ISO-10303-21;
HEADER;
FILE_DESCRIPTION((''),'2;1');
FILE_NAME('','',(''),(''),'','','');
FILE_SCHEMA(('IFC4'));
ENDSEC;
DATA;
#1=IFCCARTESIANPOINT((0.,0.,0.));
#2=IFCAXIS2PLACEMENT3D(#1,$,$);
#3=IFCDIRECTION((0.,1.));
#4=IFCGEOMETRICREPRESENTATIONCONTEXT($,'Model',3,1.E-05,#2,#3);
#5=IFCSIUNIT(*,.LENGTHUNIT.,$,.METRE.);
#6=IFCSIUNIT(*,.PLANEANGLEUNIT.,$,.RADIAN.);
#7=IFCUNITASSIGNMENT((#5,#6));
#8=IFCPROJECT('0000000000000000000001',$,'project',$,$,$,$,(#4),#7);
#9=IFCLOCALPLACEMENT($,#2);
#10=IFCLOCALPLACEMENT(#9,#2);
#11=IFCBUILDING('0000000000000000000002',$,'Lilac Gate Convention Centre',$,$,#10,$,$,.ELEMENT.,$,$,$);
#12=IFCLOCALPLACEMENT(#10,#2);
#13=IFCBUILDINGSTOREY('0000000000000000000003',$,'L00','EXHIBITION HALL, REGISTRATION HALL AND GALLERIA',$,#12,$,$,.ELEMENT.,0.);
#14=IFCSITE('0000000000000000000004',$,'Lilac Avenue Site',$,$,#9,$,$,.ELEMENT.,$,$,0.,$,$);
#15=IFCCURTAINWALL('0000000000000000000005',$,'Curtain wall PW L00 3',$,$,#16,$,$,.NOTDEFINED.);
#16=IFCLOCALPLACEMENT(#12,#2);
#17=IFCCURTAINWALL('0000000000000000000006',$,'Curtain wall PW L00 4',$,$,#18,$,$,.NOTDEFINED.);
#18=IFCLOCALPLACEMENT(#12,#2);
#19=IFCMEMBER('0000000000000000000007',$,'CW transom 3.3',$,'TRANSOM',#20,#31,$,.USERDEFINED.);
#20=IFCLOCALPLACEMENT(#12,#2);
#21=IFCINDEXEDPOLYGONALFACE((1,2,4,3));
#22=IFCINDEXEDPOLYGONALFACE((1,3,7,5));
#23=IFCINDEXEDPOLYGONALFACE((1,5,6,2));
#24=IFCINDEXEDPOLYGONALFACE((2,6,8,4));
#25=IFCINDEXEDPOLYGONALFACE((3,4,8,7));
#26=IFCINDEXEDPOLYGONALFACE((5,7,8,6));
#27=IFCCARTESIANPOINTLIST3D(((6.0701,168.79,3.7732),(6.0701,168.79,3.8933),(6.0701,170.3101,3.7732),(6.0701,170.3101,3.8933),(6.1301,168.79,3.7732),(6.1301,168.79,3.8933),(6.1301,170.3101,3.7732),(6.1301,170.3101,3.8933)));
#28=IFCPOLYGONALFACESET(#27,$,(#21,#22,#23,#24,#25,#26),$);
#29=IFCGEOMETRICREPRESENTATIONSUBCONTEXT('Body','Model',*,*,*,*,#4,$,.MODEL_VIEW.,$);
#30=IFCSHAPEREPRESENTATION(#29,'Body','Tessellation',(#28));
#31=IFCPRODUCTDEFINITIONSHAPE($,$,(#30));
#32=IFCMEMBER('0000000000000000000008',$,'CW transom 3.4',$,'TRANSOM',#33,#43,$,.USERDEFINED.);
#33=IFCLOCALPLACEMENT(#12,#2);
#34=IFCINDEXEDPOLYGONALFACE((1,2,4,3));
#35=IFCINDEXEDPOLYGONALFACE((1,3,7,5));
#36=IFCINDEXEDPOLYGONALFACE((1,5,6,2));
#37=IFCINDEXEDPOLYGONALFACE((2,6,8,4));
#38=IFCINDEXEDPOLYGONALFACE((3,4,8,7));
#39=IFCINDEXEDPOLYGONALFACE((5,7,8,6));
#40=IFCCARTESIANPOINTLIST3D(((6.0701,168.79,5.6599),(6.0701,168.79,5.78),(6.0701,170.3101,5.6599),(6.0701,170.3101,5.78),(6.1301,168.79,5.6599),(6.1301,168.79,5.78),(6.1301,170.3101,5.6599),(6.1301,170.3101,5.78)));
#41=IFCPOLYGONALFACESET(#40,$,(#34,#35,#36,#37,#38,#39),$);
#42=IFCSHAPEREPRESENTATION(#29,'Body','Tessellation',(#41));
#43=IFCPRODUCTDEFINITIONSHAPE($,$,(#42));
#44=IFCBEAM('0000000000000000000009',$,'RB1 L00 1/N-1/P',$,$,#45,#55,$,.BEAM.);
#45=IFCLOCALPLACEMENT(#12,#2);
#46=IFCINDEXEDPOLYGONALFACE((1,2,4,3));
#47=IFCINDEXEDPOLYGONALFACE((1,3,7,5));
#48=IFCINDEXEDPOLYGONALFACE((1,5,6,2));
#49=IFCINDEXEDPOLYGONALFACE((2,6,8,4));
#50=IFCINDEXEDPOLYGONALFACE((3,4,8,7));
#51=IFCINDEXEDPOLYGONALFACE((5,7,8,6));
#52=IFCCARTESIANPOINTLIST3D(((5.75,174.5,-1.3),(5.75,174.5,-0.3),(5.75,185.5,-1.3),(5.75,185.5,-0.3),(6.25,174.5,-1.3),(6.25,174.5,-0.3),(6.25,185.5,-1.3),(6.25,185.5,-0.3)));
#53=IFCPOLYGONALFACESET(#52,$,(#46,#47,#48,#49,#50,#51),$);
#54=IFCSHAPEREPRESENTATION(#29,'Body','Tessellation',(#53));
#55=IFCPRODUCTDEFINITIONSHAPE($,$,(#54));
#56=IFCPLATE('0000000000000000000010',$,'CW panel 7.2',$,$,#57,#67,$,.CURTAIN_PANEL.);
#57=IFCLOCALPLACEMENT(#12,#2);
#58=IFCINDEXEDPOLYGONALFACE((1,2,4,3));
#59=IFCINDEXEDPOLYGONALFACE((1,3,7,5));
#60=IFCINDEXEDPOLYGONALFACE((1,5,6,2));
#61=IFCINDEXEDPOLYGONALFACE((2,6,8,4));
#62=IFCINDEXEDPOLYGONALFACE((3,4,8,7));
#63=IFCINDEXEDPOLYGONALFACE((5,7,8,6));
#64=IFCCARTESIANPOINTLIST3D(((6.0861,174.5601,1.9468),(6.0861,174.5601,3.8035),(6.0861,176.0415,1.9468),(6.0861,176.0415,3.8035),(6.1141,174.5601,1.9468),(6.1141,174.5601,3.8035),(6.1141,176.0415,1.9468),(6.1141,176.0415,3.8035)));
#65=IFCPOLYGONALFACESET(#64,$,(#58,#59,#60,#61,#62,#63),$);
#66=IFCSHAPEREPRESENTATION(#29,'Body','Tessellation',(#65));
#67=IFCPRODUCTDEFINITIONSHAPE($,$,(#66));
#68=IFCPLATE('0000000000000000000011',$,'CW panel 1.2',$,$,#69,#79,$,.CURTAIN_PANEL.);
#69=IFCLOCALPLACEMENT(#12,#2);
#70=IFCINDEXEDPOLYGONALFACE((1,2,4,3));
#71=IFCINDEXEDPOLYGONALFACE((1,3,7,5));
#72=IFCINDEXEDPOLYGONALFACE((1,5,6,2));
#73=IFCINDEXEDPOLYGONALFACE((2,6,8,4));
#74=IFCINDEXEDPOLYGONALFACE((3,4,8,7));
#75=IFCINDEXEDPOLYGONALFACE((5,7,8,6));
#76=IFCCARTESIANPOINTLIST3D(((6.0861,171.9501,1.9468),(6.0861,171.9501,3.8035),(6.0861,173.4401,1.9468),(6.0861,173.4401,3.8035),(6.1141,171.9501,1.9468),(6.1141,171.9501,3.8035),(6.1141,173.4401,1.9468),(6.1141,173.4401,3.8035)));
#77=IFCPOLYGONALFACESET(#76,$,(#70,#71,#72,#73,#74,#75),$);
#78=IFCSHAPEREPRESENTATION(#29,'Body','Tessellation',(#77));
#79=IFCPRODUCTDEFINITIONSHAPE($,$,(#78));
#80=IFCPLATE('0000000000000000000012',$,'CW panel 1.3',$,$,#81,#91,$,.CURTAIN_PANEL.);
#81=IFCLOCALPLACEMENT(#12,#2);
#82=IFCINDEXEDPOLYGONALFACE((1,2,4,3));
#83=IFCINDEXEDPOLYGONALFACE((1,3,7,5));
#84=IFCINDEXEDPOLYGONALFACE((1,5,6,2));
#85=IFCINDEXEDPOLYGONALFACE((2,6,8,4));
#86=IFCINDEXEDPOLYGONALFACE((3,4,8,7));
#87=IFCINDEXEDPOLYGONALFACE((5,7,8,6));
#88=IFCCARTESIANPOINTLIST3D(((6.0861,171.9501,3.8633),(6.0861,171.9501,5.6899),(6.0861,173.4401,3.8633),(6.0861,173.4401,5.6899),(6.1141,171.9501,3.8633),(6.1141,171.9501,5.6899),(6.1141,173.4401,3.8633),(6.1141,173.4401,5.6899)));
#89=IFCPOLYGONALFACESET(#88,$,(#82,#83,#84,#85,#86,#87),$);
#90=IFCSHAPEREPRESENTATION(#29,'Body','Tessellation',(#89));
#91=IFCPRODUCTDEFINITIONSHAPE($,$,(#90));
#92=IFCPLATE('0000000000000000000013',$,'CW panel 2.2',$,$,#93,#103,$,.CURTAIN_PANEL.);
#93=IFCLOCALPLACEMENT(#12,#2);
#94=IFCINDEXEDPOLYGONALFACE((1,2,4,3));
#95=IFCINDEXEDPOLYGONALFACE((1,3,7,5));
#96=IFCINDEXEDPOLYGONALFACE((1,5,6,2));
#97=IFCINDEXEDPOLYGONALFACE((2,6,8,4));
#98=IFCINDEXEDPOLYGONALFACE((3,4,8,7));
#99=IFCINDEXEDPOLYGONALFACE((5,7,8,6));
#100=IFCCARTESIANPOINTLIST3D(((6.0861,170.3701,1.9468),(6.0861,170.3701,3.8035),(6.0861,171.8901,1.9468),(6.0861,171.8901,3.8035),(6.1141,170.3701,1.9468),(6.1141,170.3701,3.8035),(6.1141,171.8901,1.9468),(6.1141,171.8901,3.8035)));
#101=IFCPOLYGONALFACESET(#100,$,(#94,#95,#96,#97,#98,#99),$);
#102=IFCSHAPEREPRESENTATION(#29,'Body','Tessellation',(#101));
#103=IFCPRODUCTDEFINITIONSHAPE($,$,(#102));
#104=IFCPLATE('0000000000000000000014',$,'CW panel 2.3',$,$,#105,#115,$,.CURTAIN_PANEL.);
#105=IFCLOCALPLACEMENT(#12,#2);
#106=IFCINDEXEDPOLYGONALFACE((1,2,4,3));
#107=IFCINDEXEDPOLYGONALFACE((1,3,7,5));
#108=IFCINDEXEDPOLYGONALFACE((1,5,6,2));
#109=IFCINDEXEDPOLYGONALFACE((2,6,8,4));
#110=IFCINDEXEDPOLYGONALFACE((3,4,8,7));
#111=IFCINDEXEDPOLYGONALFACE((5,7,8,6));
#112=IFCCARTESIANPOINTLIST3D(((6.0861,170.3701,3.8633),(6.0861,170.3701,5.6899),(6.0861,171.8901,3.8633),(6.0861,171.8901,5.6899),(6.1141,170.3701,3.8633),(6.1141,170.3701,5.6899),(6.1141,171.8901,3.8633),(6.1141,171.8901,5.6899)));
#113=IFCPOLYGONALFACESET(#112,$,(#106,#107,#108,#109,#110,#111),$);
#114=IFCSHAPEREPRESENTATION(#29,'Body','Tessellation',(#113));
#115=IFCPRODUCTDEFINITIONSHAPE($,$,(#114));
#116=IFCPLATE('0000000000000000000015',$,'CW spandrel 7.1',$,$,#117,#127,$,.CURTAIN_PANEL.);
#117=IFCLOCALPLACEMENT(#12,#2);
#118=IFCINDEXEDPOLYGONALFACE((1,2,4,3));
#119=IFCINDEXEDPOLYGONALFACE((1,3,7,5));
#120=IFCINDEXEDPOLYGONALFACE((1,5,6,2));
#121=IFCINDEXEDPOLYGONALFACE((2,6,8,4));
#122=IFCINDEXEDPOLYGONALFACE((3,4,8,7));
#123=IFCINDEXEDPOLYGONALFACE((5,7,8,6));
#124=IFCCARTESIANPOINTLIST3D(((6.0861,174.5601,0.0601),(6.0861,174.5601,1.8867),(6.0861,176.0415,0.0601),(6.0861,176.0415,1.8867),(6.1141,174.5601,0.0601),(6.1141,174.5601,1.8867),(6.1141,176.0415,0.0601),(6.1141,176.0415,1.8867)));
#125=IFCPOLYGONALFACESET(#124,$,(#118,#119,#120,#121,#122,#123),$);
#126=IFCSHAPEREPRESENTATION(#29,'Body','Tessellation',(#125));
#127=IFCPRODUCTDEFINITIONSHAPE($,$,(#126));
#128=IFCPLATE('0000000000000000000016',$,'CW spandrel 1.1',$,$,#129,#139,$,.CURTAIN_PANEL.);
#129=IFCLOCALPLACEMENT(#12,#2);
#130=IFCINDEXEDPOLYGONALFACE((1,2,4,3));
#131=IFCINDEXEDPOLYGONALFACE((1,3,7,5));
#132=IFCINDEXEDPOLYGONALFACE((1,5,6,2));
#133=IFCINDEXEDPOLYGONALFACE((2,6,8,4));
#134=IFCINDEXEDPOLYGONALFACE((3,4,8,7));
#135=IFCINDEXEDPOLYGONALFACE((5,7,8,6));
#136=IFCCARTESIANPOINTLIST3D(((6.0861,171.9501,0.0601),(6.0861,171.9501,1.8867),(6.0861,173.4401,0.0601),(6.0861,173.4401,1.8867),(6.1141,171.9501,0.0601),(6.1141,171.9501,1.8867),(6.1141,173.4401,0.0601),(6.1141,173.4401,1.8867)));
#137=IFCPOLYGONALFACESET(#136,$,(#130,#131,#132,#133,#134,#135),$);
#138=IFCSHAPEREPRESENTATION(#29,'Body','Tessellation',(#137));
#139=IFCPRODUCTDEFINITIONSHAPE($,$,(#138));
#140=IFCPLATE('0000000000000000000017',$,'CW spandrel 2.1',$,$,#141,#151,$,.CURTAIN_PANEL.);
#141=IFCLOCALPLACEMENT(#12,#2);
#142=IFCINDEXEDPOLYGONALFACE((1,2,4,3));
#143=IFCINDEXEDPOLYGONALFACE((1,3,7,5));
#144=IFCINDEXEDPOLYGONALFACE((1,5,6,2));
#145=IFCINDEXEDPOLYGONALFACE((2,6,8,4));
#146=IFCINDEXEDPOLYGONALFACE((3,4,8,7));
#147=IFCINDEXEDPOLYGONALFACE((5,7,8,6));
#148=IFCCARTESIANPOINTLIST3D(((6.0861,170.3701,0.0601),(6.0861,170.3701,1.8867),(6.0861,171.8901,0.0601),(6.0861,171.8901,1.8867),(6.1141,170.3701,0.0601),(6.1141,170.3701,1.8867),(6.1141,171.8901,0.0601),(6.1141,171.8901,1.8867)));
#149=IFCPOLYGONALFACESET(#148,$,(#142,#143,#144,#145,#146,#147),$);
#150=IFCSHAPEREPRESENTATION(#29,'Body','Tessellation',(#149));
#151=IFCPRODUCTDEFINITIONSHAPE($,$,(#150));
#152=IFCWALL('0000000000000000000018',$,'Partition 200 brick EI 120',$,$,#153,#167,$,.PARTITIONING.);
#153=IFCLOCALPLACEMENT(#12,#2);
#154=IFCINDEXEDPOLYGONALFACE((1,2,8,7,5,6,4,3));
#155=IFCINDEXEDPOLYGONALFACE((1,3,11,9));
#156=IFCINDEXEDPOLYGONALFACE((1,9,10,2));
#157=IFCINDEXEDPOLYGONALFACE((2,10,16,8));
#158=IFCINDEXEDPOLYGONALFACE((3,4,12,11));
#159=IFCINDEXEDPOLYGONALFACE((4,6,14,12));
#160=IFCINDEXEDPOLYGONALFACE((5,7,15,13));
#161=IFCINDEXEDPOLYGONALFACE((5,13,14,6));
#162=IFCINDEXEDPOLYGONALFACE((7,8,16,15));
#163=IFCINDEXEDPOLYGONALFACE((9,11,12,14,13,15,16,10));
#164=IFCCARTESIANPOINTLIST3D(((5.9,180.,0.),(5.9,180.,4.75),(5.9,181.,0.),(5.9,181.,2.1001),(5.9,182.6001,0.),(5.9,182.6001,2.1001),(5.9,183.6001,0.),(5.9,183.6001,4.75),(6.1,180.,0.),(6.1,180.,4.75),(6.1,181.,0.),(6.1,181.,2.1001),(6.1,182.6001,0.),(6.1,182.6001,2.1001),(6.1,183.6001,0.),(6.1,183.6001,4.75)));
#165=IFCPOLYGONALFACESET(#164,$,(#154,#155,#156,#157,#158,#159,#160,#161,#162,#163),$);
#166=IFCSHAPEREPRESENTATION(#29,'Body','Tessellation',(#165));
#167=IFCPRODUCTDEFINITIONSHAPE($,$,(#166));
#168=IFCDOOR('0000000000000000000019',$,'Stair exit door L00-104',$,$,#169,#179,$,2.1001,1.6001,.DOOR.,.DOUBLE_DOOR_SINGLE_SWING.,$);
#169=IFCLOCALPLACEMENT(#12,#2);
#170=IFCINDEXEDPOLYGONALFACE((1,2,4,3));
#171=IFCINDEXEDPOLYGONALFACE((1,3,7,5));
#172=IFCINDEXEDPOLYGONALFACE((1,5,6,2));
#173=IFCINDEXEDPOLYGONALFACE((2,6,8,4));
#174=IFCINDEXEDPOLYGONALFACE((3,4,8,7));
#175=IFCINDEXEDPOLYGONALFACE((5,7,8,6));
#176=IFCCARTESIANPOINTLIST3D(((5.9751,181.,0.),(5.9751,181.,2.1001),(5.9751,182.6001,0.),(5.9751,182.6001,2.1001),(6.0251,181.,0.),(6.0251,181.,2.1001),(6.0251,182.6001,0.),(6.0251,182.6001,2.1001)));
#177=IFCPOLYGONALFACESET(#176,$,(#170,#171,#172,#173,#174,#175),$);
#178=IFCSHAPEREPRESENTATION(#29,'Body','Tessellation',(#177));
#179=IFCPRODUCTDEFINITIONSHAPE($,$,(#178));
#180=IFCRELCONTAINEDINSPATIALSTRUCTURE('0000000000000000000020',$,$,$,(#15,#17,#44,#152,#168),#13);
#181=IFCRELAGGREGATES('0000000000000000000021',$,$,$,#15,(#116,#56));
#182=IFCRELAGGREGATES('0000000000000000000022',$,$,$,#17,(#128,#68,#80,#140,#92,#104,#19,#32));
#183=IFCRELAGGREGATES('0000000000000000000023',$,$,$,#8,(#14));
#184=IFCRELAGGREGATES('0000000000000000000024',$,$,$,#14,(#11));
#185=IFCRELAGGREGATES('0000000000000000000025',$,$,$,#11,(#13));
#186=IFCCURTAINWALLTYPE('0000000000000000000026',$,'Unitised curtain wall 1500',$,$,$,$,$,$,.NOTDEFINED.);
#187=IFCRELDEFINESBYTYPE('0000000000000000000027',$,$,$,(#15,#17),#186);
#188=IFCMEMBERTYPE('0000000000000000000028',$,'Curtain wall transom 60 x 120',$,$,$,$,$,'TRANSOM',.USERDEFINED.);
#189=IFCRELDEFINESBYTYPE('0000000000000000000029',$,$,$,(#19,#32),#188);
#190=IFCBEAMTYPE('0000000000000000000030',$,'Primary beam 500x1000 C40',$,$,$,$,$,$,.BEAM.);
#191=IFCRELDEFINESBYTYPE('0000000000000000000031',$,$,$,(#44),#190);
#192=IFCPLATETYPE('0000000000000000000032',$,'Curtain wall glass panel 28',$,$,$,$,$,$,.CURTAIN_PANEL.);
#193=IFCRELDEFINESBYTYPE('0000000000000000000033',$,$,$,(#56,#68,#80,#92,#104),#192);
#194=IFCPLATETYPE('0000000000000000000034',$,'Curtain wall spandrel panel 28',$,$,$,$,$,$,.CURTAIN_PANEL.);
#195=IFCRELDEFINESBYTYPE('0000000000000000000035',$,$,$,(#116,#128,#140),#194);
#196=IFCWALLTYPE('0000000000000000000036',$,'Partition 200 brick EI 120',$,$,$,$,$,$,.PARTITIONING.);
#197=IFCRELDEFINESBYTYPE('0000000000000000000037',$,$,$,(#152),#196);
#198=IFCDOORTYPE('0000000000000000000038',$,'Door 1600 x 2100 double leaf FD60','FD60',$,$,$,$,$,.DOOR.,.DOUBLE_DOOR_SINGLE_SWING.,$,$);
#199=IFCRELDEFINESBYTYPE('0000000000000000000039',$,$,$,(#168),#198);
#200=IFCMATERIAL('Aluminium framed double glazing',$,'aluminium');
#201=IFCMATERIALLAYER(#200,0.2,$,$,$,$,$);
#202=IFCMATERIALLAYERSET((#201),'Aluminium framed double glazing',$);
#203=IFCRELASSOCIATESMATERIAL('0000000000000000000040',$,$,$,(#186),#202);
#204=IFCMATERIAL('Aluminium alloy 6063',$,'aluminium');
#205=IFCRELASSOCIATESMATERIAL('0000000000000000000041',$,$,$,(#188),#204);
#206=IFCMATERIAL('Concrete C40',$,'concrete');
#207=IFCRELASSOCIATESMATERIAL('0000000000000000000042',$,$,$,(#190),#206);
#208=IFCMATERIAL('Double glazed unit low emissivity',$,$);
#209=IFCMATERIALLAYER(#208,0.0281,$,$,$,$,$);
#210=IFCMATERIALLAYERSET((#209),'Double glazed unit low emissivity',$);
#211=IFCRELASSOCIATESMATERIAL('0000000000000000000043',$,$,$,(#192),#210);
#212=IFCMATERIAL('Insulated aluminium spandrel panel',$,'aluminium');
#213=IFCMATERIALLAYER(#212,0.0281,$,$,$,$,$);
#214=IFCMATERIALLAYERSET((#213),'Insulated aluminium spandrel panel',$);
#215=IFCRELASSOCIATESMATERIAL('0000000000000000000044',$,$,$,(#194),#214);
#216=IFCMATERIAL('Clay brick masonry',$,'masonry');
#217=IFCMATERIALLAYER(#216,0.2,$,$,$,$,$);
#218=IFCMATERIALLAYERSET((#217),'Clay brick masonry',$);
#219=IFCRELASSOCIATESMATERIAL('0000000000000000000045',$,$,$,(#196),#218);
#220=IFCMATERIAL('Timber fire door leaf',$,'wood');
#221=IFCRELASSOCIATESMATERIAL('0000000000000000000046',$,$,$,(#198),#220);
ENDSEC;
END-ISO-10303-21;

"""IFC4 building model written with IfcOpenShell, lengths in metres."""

from ifc_helpers import new_model, si_unit, direction, frame, frame_2d, origin, origin_2d, place, context, subcontext, project, spatial, rectangle, extrude, material, layer, layer_set, material_profile, profile_set, type_object, element, fill, aggregate, save


model = new_model("IFC4")

# Units and contexts
model_context = context("Model", 3, precision=1e-05, world=origin(), true_north=direction((0.0, 1.0)))
body_context = subcontext(model_context, "Body", "Model", "MODEL_VIEW")
ifc_project = project(units=[si_unit("LENGTHUNIT", "METRE"), si_unit("PLANEANGLEUNIT", "RADIAN")], contexts=[model_context])

# Site, building, storey
site_placement = place(None, origin())
site = spatial("IfcSite", under=ifc_project, at=site_placement, Name="Lilac Avenue Site", CompositionType="ELEMENT", RefElevation=0.0)
building_placement = place(site_placement, origin())
building = spatial("IfcBuilding", under=site, at=building_placement, Name="Lilac Gate Convention Centre", CompositionType="ELEMENT")
storey_placement = place(building_placement, origin())
storey = spatial("IfcBuildingStorey", under=building, at=storey_placement, Name="L00", Description="EXHIBITION HALL, REGISTRATION HALL AND GALLERIA", CompositionType="ELEMENT", Elevation=0.0)

# Shared definitions
ifc_material_1 = material(Name="Concrete C40", Category="concrete")

# Curtain wall
ifc_material_2 = material(Name="Aluminium framed double glazing", Category="aluminium")
ifc_layer_1 = layer(ifc_material_2, 0.2)
ifc_layer_set_1 = layer_set([ifc_layer_1], Name="Aluminium framed double glazing")
curtain_wall_type = type_object("IfcCurtainWallType", Name="Unitised curtain wall 1500", PredefinedType="NOTDEFINED", material=ifc_layer_set_1)
curtain_wall_1_placement = place(storey_placement, origin())
curtain_wall_1 = element("IfcCurtainWall", 1, at=curtain_wall_1_placement, inside=storey, type_object=curtain_wall_type, Name="Curtain wall PW L00 3", PredefinedType="NOTDEFINED")
ifc_material_3 = material(Name="Aluminium alloy 6063", Category="aluminium")

# Curtain wall, members
curtain_wall_2_placement = place(storey_placement, origin())
curtain_wall_2 = element("IfcCurtainWall", 2, at=curtain_wall_2_placement, inside=storey, type_object=curtain_wall_type, Name="Curtain wall PW L00 4", PredefinedType="NOTDEFINED")
ifc_material_profile_1 = material_profile(ifc_material_3, rectangle(XDim=0.0601, YDim=0.1201, at=origin_2d()), Name="Curtain wall transom 60 x 120")
ifc_profile_set_1 = profile_set([ifc_material_profile_1], Name="Aluminium alloy 6063")
member_type_1 = type_object("IfcMemberType", Name="Curtain wall transom 60 x 120", ElementType="TRANSOM", PredefinedType="USERDEFINED", material=ifc_profile_set_1)
member_1_placement = place(storey_placement, frame((6.1001, 170.3101, 3.8333), z_axis=(0.0, -1.0, 0.0), x_axis=(1.0, 0.0, 0.0)))
member_1 = element("IfcMember", 3, at=member_1_placement, type_object=member_type_1, Name="CW transom 3.3", ObjectType="TRANSOM", PredefinedType="USERDEFINED", context=body_context, shape_type="SweptSolid", body=[
    extrude(rectangle(XDim=0.0601, YDim=0.1201, at=origin_2d()), origin(), (0.0, 0.0, 1.0), 1.52),
])
member_2_placement = place(storey_placement, frame((6.1001, 170.3101, 5.72), z_axis=(0.0, -1.0, 0.0), x_axis=(1.0, 0.0, 0.0)))
member_2 = element("IfcMember", 4, at=member_2_placement, type_object=member_type_1, Name="CW transom 3.4", ObjectType="TRANSOM", PredefinedType="USERDEFINED", context=body_context, shape_type="SweptSolid", body=[
    extrude(rectangle(XDim=0.0601, YDim=0.1201, at=origin_2d()), origin(), (0.0, 0.0, 1.0), 1.52),
])

# Beam
ifc_material_profile_2 = material_profile(ifc_material_1, rectangle(XDim=0.5, YDim=1.0, at=origin_2d()), Name="RC 500x1000")
ifc_profile_set_2 = profile_set([ifc_material_profile_2], Name="Concrete C40")
beam_type = type_object("IfcBeamType", Name="Primary beam 500x1000 C40", PredefinedType="BEAM", material=ifc_profile_set_2)
beam_placement = place(storey_placement, frame((6.0, 174.5, -0.8), z_axis=(0.0, 1.0, 0.0), x_axis=(-1.0, 0.0, 0.0)))
element("IfcBeam", 5, at=beam_placement, inside=storey, type_object=beam_type, Name="RB1 L00 1/N-1/P", PredefinedType="BEAM", context=body_context, shape_type="SweptSolid", body=[
    extrude(rectangle(XDim=0.5, YDim=1.0, at=origin_2d()), origin(), (0.0, 0.0, 1.0), 11.0),
])

# Plates
ifc_material_4 = material(Name="Double glazed unit low emissivity")
ifc_layer_2 = layer(ifc_material_4, 0.0281)
ifc_layer_set_2 = layer_set([ifc_layer_2], Name="Double glazed unit low emissivity")
plate_type_1 = type_object("IfcPlateType", Name="Curtain wall glass panel 28", PredefinedType="CURTAIN_PANEL", material=ifc_layer_set_2)
plate_1_placement = place(storey_placement, frame((6.1001, 175.3008, 1.9468), z_axis=(0.0, 0.0, 1.0), x_axis=(0.0, -1.0, 0.0)))
plate_1 = element("IfcPlate", 6, at=plate_1_placement, type_object=plate_type_1, Name="CW panel 7.2", PredefinedType="CURTAIN_PANEL", context=body_context, shape_type="SweptSolid", body=[
    extrude(rectangle(XDim=1.4814, YDim=0.0281, at=origin_2d()), origin(), (0.0, 0.0, 1.0), 1.8567),
])
plate_2_placement = place(storey_placement, frame((6.1001, 172.6951, 1.9468), z_axis=(0.0, 0.0, 1.0), x_axis=(0.0, -1.0, 0.0)))
plate_2 = element("IfcPlate", 7, at=plate_2_placement, type_object=plate_type_1, Name="CW panel 1.2", PredefinedType="CURTAIN_PANEL", context=body_context, shape_type="SweptSolid", body=[
    extrude(rectangle(XDim=1.49, YDim=0.0281, at=origin_2d()), origin(), (0.0, 0.0, 1.0), 1.8567),
])
plate_3_placement = place(storey_placement, frame((6.1001, 172.6951, 3.8633), z_axis=(0.0, 0.0, 1.0), x_axis=(0.0, -1.0, 0.0)))
plate_3 = element("IfcPlate", 8, at=plate_3_placement, type_object=plate_type_1, Name="CW panel 1.3", PredefinedType="CURTAIN_PANEL", context=body_context, shape_type="SweptSolid", body=[
    extrude(rectangle(XDim=1.49, YDim=0.0281, at=origin_2d()), origin(), (0.0, 0.0, 1.0), 1.8267),
])
plate_4_placement = place(storey_placement, frame((6.1001, 171.1301, 1.9468), z_axis=(0.0, 0.0, 1.0), x_axis=(0.0, -1.0, 0.0)))
plate_4 = element("IfcPlate", 9, at=plate_4_placement, type_object=plate_type_1, Name="CW panel 2.2", PredefinedType="CURTAIN_PANEL", context=body_context, shape_type="SweptSolid", body=[
    extrude(rectangle(XDim=1.52, YDim=0.0281, at=origin_2d()), origin(), (0.0, 0.0, 1.0), 1.8567),
])
plate_5_placement = place(storey_placement, frame((6.1001, 171.1301, 3.8633), z_axis=(0.0, 0.0, 1.0), x_axis=(0.0, -1.0, 0.0)))
plate_5 = element("IfcPlate", 10, at=plate_5_placement, type_object=plate_type_1, Name="CW panel 2.3", PredefinedType="CURTAIN_PANEL", context=body_context, shape_type="SweptSolid", body=[
    extrude(rectangle(XDim=1.52, YDim=0.0281, at=origin_2d()), origin(), (0.0, 0.0, 1.0), 1.8267),
])
ifc_material_5 = material(Name="Insulated aluminium spandrel panel", Category="aluminium")
ifc_layer_3 = layer(ifc_material_5, 0.0281)
ifc_layer_set_3 = layer_set([ifc_layer_3], Name="Insulated aluminium spandrel panel")
plate_type_2 = type_object("IfcPlateType", Name="Curtain wall spandrel panel 28", PredefinedType="CURTAIN_PANEL", material=ifc_layer_set_3)
plate_6_placement = place(storey_placement, frame((6.1001, 175.3008, 0.0601), z_axis=(0.0, 0.0, 1.0), x_axis=(0.0, -1.0, 0.0)))
plate_6 = element("IfcPlate", 11, at=plate_6_placement, type_object=plate_type_2, Name="CW spandrel 7.1", PredefinedType="CURTAIN_PANEL", context=body_context, shape_type="SweptSolid", body=[
    extrude(rectangle(XDim=1.4814, YDim=0.0281, at=origin_2d()), origin(), (0.0, 0.0, 1.0), 1.8267),
])
aggregate(curtain_wall_1, [plate_6, plate_1])
plate_7_placement = place(storey_placement, frame((6.1001, 172.6951, 0.0601), z_axis=(0.0, 0.0, 1.0), x_axis=(0.0, -1.0, 0.0)))
plate_7 = element("IfcPlate", 12, at=plate_7_placement, type_object=plate_type_2, Name="CW spandrel 1.1", PredefinedType="CURTAIN_PANEL", context=body_context, shape_type="SweptSolid", body=[
    extrude(rectangle(XDim=1.49, YDim=0.0281, at=origin_2d()), origin(), (0.0, 0.0, 1.0), 1.8267),
])
plate_8_placement = place(storey_placement, frame((6.1001, 171.1301, 0.0601), z_axis=(0.0, 0.0, 1.0), x_axis=(0.0, -1.0, 0.0)))
plate_8 = element("IfcPlate", 13, at=plate_8_placement, type_object=plate_type_2, Name="CW spandrel 2.1", PredefinedType="CURTAIN_PANEL", context=body_context, shape_type="SweptSolid", body=[
    extrude(rectangle(XDim=1.52, YDim=0.0281, at=origin_2d()), origin(), (0.0, 0.0, 1.0), 1.8267),
])
aggregate(curtain_wall_2, [plate_7, plate_2, plate_3, plate_8, plate_4, plate_5, member_1, member_2])

# Wall, opening, door
ifc_material_6 = material(Name="Clay brick masonry", Category="masonry")
ifc_layer_4 = layer(ifc_material_6, 0.2)
ifc_layer_set_4 = layer_set([ifc_layer_4], Name="Clay brick masonry")
wall_type_1 = type_object("IfcWallType", Name="Partition 200 brick EI 120", PredefinedType="PARTITIONING", material=ifc_layer_set_4)
wall_1_placement = place(storey_placement, frame((6.0, 180.0, 0.0), z_axis=(0.0, 0.0, 1.0), x_axis=(0.0, 1.0, 0.0)))
wall_1 = element("IfcWall", 14, at=wall_1_placement, inside=storey, type_object=wall_type_1, Name="Partition 200 brick EI 120", PredefinedType="PARTITIONING", context=body_context, shape_type="SweptSolid", body=[
    extrude(rectangle(XDim=3.6001, YDim=0.2, at=frame_2d((1.8, 0.0))), origin(), (0.0, 0.0, 1.0), 4.75),
])
opening_placement = place(wall_1_placement, frame((1.0, 0.0, 0.0)))
opening = element("IfcOpeningElement", 15, at=opening_placement, cuts=wall_1, PredefinedType="OPENING", context=body_context, shape_type="SweptSolid", body=[
    extrude(rectangle(XDim=1.6001, YDim=2.1001, at=frame_2d((0.8, 1.05))), frame((0.0, 0.1099, 0.0), z_axis=(0.0, -1.0, 0.0), x_axis=(1.0, 0.0, 0.0)), (0.0, 0.0, 1.0), 0.22),
])
ifc_material_7 = material(Name="Timber fire door leaf", Category="wood")
door_type = type_object("IfcDoorType", Name="Door 1600 x 2100 double leaf FD60", Description="FD60", OperationType="DOUBLE_DOOR_SINGLE_SWING", PredefinedType="DOOR", material=ifc_material_7)
door_placement = place(opening_placement, origin())
door = element("IfcDoor", 16, at=door_placement, inside=storey, type_object=door_type, Name="Stair exit door L00-104", OperationType="DOUBLE_DOOR_SINGLE_SWING", OverallHeight=2.1001, OverallWidth=1.6001, PredefinedType="DOOR", context=body_context, shape_type="SweptSolid", body=[
    extrude(rectangle(XDim=1.6001, YDim=2.1001, at=frame_2d((0.8, 1.05))), frame((0.0, 0.0249, 0.0), z_axis=(0.0, -1.0, 0.0), x_axis=(1.0, 0.0, 0.0)), (0.0, 0.0, 1.0), 0.05),
])
fill(opening, door)

save(model, "model.ifc")
